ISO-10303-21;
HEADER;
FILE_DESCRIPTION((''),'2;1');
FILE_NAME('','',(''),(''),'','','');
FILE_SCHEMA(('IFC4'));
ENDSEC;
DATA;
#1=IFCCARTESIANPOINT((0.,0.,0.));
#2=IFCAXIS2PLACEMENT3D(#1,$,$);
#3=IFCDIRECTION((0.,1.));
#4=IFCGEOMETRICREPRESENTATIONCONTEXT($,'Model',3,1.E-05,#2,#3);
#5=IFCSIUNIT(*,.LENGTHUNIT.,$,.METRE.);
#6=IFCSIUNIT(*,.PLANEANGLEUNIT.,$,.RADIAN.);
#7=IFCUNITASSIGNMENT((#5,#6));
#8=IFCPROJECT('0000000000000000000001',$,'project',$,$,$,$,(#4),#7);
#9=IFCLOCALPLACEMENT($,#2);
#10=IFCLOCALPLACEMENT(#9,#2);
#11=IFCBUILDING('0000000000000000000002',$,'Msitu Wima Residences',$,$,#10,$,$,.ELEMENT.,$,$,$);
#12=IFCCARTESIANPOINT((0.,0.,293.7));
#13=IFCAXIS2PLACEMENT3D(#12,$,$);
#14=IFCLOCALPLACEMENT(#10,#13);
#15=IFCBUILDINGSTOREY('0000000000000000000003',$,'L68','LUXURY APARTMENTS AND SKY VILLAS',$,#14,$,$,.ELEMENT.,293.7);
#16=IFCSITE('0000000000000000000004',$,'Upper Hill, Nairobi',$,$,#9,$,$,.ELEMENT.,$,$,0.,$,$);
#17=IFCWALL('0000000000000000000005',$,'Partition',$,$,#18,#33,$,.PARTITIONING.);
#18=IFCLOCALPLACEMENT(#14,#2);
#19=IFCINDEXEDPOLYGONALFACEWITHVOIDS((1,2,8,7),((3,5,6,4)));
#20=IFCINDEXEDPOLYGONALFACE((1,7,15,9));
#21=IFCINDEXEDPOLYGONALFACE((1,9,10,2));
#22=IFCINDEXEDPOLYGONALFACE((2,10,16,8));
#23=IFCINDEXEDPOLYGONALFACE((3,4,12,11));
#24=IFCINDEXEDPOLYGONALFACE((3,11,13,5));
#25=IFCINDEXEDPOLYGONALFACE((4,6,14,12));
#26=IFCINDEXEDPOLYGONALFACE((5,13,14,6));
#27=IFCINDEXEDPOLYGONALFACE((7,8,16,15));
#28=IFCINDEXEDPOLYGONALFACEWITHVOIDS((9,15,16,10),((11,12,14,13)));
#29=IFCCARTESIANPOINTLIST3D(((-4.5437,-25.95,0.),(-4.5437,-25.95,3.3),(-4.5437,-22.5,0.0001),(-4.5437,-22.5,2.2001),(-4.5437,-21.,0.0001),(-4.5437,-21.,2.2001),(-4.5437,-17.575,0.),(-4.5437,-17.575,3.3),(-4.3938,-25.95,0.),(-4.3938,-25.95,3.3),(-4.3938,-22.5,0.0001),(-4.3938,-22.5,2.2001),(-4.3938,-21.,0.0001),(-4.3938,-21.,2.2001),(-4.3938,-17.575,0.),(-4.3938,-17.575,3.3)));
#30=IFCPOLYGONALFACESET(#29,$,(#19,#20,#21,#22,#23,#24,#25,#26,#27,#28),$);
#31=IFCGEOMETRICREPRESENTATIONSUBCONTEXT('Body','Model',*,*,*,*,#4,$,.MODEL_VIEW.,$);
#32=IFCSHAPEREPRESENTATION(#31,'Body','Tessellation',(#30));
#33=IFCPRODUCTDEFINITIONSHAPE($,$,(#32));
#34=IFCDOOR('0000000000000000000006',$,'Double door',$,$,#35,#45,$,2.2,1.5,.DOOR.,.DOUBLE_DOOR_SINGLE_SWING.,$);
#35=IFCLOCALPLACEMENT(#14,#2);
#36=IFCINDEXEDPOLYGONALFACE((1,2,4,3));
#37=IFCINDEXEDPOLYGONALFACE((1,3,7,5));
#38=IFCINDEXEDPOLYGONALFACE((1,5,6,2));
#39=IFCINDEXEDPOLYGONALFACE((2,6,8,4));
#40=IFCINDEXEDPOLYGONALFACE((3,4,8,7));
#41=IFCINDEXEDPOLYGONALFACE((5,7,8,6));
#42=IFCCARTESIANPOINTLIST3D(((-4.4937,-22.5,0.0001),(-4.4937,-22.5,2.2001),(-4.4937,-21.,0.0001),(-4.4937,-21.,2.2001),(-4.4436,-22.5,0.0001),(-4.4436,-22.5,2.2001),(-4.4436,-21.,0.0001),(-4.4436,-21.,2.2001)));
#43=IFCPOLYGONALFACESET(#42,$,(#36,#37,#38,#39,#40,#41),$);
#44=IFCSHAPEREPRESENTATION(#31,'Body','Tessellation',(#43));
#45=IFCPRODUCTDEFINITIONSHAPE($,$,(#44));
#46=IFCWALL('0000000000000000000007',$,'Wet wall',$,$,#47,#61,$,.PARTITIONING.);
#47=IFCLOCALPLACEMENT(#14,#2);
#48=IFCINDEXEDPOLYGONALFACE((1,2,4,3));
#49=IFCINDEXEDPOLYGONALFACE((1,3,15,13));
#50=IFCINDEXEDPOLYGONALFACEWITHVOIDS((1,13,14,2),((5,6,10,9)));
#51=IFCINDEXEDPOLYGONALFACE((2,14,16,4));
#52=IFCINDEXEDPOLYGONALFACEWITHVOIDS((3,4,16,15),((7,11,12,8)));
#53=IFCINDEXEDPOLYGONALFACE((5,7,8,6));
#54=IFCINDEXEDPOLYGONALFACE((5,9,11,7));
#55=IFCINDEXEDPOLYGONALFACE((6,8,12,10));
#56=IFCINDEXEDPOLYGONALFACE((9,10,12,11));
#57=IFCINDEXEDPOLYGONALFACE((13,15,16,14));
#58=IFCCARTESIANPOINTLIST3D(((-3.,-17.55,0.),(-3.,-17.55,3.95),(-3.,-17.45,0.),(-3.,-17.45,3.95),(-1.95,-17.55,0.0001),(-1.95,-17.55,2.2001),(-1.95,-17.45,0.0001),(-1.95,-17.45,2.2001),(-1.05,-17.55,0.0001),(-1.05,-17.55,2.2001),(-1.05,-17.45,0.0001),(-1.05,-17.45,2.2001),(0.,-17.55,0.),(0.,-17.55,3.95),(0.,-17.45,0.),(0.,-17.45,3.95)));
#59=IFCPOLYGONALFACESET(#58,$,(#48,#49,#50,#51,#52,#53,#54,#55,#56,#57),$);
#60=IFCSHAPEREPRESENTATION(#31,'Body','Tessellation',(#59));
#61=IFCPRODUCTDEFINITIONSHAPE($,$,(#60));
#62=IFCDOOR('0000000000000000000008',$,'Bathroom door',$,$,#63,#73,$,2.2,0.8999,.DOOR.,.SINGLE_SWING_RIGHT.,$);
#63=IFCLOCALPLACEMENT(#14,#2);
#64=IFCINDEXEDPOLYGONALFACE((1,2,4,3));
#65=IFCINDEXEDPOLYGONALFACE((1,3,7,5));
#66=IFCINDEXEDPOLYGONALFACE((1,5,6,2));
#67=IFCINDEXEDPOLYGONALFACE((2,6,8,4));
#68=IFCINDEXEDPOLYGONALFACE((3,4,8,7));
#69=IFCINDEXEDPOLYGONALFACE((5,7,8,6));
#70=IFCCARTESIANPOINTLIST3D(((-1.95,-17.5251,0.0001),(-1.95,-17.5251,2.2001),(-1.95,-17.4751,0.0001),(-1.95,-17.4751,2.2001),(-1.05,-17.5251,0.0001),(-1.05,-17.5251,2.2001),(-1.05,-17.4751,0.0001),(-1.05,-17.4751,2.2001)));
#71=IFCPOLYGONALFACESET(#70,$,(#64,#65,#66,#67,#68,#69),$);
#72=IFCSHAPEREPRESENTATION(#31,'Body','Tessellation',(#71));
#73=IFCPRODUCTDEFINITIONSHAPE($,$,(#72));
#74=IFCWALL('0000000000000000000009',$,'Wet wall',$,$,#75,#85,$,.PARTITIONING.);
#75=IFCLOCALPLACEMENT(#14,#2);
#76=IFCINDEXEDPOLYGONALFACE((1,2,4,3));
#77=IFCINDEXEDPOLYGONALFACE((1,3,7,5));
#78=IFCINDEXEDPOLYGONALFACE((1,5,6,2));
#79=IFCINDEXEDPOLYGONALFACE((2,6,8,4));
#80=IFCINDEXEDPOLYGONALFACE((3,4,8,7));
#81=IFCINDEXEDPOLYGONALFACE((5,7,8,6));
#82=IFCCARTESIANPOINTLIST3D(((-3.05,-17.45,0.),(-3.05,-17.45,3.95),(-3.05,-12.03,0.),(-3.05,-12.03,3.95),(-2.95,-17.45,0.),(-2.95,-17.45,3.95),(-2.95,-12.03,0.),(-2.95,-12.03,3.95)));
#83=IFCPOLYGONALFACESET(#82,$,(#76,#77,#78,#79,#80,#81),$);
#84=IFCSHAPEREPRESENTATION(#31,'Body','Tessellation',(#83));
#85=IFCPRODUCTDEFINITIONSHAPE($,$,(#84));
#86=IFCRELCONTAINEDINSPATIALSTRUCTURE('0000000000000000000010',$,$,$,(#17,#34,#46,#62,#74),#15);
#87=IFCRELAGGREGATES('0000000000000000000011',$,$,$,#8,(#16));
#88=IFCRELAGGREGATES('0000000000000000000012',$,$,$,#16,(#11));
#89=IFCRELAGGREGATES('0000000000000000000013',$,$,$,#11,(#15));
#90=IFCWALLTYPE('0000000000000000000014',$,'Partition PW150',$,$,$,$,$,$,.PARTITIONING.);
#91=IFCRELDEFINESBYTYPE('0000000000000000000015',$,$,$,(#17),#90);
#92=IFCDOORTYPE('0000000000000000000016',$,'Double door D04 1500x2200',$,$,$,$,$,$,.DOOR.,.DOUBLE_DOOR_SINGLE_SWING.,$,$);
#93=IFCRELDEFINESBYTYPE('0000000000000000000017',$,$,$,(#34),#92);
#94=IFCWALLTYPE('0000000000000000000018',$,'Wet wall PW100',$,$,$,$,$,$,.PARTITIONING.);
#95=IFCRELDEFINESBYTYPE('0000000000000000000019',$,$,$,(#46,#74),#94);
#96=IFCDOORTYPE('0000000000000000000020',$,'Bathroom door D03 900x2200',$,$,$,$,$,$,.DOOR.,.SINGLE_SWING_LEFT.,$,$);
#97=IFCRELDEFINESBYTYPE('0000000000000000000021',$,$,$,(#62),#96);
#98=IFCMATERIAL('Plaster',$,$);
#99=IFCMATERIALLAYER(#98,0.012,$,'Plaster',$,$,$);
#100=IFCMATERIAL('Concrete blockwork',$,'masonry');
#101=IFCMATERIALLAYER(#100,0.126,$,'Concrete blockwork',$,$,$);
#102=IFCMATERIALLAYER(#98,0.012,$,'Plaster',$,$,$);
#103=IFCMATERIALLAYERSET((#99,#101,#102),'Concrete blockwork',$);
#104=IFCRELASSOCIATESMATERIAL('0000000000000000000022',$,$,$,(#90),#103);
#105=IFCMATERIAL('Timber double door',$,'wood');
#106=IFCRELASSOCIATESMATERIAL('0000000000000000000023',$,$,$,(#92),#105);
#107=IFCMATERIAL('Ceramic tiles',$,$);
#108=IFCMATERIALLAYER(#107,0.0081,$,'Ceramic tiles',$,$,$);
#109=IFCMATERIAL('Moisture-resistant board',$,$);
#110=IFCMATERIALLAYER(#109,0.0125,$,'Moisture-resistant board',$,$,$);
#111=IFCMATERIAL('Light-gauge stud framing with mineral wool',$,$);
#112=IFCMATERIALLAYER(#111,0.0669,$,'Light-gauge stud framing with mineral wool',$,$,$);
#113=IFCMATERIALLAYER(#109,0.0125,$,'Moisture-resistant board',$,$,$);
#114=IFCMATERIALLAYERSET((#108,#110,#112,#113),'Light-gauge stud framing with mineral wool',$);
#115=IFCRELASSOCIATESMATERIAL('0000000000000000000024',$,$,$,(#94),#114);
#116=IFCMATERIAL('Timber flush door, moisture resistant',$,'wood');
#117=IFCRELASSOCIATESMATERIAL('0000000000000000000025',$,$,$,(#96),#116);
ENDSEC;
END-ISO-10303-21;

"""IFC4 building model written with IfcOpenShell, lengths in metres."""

from ifc_helpers import new_model, si_unit, direction, frame, frame_2d, origin, place, context, subcontext, project, spatial, rectangle, extrude, material, layer, layer_set, type_object, element, fill, save


model = new_model("IFC4")

# Units and contexts
model_context = context("Model", 3, precision=1e-05, world=origin(), true_north=direction((0.0, 1.0)))
body_context = subcontext(model_context, "Body", "Model", "MODEL_VIEW")
ifc_project = project(units=[si_unit("LENGTHUNIT", "METRE"), si_unit("PLANEANGLEUNIT", "RADIAN")], contexts=[model_context])

# Site, building, storey
site_placement = place(None, origin())
site = spatial("IfcSite", under=ifc_project, at=site_placement, Name="Upper Hill, Nairobi", CompositionType="ELEMENT", RefElevation=0.0)
building_placement = place(site_placement, origin())
building = spatial("IfcBuilding", under=site, at=building_placement, Name="Msitu Wima Residences", CompositionType="ELEMENT")
storey_placement = place(building_placement, frame((0.0, 0.0, 293.7)))
storey = spatial("IfcBuildingStorey", under=building, at=storey_placement, Name="L68", Description="LUXURY APARTMENTS AND SKY VILLAS", CompositionType="ELEMENT", Elevation=293.7)

# Walls, openings, doors
ifc_material_1 = material(Name="Plaster")
ifc_layer_1 = layer(ifc_material_1, 0.012, Name="Plaster")
ifc_material_2 = material(Name="Concrete blockwork", Category="masonry")
ifc_layer_2 = layer(ifc_material_2, 0.126, Name="Concrete blockwork")
ifc_layer_3 = layer(ifc_material_1, 0.012, Name="Plaster")
ifc_layer_set_1 = layer_set([ifc_layer_1, ifc_layer_2, ifc_layer_3], Name="Concrete blockwork")
wall_type_1 = type_object("IfcWallType", Name="Partition PW150", PredefinedType="PARTITIONING", material=ifc_layer_set_1)
wall_1_placement = place(storey_placement, frame((-4.4688, -25.95, 0.0), z_axis=(0.0, 0.0, 1.0), x_axis=(0.0, 1.0, 0.0)))
wall_1 = element("IfcWall", 1, at=wall_1_placement, inside=storey, type_object=wall_type_1, Name="Partition", PredefinedType="PARTITIONING", context=body_context, shape_type="SweptSolid", body=[
    extrude(rectangle(XDim=8.375, YDim=0.1499, at=frame_2d((4.1875, 0.0))), origin(), (0.0, 0.0, 1.0), 3.3),
])
opening_1_placement = place(wall_1_placement, frame((3.45, 0.0, 0.0)))
opening_1 = element("IfcOpeningElement", 2, at=opening_1_placement, cuts=wall_1, PredefinedType="OPENING", context=body_context, shape_type="SweptSolid", body=[
    extrude(rectangle(XDim=1.5, YDim=2.2, at=frame_2d((0.75, 1.1001))), frame((0.0, 0.085, 0.0), z_axis=(0.0, -1.0, 0.0), x_axis=(1.0, 0.0, 0.0)), (0.0, 0.0, 1.0), 0.1699),
])
ifc_material_3 = material(Name="Timber double door", Category="wood")
door_type_1 = type_object("IfcDoorType", Name="Double door D04 1500x2200", OperationType="DOUBLE_DOOR_SINGLE_SWING", PredefinedType="DOOR", material=ifc_material_3)
door_1_placement = place(opening_1_placement, origin())
door_1 = element("IfcDoor", 3, at=door_1_placement, inside=storey, type_object=door_type_1, Name="Double door", OperationType="DOUBLE_DOOR_SINGLE_SWING", OverallHeight=2.2, OverallWidth=1.5, PredefinedType="DOOR", context=body_context, shape_type="SweptSolid", body=[
    extrude(rectangle(XDim=1.5, YDim=2.2, at=frame_2d((0.75, 1.1001))), frame((0.0, 0.0249, 0.0), z_axis=(0.0, -1.0, 0.0), x_axis=(1.0, 0.0, 0.0)), (0.0, 0.0, 1.0), 0.05),
])
fill(opening_1, door_1)
ifc_material_4 = material(Name="Ceramic tiles")
ifc_layer_4 = layer(ifc_material_4, 0.0081, Name="Ceramic tiles")
ifc_material_5 = material(Name="Moisture-resistant board")
ifc_layer_5 = layer(ifc_material_5, 0.0125, Name="Moisture-resistant board")
ifc_material_6 = material(Name="Light-gauge stud framing with mineral wool")
ifc_layer_6 = layer(ifc_material_6, 0.0669, Name="Light-gauge stud framing with mineral wool")
ifc_layer_7 = layer(ifc_material_5, 0.0125, Name="Moisture-resistant board")
ifc_layer_set_2 = layer_set([ifc_layer_4, ifc_layer_5, ifc_layer_6, ifc_layer_7], Name="Light-gauge stud framing with mineral wool")
wall_type_2 = type_object("IfcWallType", Name="Wet wall PW100", PredefinedType="PARTITIONING", material=ifc_layer_set_2)
wall_2_placement = place(storey_placement, frame((-3.0, -17.5, 0.0), z_axis=(0.0, 0.0, 1.0), x_axis=(1.0, 0.0, 0.0)))
wall_2 = element("IfcWall", 4, at=wall_2_placement, inside=storey, type_object=wall_type_2, Name="Wet wall", PredefinedType="PARTITIONING", context=body_context, shape_type="SweptSolid", body=[
    extrude(rectangle(XDim=3.0, YDim=0.1001, at=frame_2d((1.5, 0.0))), origin(), (0.0, 0.0, 1.0), 3.95),
])
opening_2_placement = place(wall_2_placement, frame((1.05, 0.0, 0.0)))
opening_2 = element("IfcOpeningElement", 5, at=opening_2_placement, cuts=wall_2, PredefinedType="OPENING", context=body_context, shape_type="SweptSolid", body=[
    extrude(rectangle(XDim=0.8999, YDim=2.2, at=frame_2d((0.45, 1.1001))), frame((0.0, 0.0601, 0.0), z_axis=(0.0, -1.0, 0.0), x_axis=(1.0, 0.0, 0.0)), (0.0, 0.0, 1.0), 0.1201),
])
ifc_material_7 = material(Name="Timber flush door, moisture resistant", Category="wood")
door_type_2 = type_object("IfcDoorType", Name="Bathroom door D03 900x2200", OperationType="SINGLE_SWING_LEFT", PredefinedType="DOOR", material=ifc_material_7)
door_2_placement = place(opening_2_placement, origin())
door_2 = element("IfcDoor", 6, at=door_2_placement, inside=storey, type_object=door_type_2, Name="Bathroom door", OperationType="SINGLE_SWING_RIGHT", OverallHeight=2.2, OverallWidth=0.8999, PredefinedType="DOOR", context=body_context, shape_type="SweptSolid", body=[
    extrude(rectangle(XDim=0.8999, YDim=2.2, at=frame_2d((0.45, 1.1001))), frame((0.0, 0.0249, 0.0), z_axis=(0.0, -1.0, 0.0), x_axis=(1.0, 0.0, 0.0)), (0.0, 0.0, 1.0), 0.05),
])
fill(opening_2, door_2)

# Wall
wall_3_placement = place(storey_placement, frame((-3.0, -17.45, 0.0), z_axis=(0.0, 0.0, 1.0), x_axis=(0.0, 1.0, 0.0)))
element("IfcWall", 7, at=wall_3_placement, inside=storey, type_object=wall_type_2, Name="Wet wall", PredefinedType="PARTITIONING", context=body_context, shape_type="SweptSolid", body=[
    extrude(rectangle(XDim=5.4199, YDim=0.1001, at=frame_2d((2.71, 0.0))), origin(), (0.0, 0.0, 1.0), 3.95),
])

save(model, "model.ifc")
